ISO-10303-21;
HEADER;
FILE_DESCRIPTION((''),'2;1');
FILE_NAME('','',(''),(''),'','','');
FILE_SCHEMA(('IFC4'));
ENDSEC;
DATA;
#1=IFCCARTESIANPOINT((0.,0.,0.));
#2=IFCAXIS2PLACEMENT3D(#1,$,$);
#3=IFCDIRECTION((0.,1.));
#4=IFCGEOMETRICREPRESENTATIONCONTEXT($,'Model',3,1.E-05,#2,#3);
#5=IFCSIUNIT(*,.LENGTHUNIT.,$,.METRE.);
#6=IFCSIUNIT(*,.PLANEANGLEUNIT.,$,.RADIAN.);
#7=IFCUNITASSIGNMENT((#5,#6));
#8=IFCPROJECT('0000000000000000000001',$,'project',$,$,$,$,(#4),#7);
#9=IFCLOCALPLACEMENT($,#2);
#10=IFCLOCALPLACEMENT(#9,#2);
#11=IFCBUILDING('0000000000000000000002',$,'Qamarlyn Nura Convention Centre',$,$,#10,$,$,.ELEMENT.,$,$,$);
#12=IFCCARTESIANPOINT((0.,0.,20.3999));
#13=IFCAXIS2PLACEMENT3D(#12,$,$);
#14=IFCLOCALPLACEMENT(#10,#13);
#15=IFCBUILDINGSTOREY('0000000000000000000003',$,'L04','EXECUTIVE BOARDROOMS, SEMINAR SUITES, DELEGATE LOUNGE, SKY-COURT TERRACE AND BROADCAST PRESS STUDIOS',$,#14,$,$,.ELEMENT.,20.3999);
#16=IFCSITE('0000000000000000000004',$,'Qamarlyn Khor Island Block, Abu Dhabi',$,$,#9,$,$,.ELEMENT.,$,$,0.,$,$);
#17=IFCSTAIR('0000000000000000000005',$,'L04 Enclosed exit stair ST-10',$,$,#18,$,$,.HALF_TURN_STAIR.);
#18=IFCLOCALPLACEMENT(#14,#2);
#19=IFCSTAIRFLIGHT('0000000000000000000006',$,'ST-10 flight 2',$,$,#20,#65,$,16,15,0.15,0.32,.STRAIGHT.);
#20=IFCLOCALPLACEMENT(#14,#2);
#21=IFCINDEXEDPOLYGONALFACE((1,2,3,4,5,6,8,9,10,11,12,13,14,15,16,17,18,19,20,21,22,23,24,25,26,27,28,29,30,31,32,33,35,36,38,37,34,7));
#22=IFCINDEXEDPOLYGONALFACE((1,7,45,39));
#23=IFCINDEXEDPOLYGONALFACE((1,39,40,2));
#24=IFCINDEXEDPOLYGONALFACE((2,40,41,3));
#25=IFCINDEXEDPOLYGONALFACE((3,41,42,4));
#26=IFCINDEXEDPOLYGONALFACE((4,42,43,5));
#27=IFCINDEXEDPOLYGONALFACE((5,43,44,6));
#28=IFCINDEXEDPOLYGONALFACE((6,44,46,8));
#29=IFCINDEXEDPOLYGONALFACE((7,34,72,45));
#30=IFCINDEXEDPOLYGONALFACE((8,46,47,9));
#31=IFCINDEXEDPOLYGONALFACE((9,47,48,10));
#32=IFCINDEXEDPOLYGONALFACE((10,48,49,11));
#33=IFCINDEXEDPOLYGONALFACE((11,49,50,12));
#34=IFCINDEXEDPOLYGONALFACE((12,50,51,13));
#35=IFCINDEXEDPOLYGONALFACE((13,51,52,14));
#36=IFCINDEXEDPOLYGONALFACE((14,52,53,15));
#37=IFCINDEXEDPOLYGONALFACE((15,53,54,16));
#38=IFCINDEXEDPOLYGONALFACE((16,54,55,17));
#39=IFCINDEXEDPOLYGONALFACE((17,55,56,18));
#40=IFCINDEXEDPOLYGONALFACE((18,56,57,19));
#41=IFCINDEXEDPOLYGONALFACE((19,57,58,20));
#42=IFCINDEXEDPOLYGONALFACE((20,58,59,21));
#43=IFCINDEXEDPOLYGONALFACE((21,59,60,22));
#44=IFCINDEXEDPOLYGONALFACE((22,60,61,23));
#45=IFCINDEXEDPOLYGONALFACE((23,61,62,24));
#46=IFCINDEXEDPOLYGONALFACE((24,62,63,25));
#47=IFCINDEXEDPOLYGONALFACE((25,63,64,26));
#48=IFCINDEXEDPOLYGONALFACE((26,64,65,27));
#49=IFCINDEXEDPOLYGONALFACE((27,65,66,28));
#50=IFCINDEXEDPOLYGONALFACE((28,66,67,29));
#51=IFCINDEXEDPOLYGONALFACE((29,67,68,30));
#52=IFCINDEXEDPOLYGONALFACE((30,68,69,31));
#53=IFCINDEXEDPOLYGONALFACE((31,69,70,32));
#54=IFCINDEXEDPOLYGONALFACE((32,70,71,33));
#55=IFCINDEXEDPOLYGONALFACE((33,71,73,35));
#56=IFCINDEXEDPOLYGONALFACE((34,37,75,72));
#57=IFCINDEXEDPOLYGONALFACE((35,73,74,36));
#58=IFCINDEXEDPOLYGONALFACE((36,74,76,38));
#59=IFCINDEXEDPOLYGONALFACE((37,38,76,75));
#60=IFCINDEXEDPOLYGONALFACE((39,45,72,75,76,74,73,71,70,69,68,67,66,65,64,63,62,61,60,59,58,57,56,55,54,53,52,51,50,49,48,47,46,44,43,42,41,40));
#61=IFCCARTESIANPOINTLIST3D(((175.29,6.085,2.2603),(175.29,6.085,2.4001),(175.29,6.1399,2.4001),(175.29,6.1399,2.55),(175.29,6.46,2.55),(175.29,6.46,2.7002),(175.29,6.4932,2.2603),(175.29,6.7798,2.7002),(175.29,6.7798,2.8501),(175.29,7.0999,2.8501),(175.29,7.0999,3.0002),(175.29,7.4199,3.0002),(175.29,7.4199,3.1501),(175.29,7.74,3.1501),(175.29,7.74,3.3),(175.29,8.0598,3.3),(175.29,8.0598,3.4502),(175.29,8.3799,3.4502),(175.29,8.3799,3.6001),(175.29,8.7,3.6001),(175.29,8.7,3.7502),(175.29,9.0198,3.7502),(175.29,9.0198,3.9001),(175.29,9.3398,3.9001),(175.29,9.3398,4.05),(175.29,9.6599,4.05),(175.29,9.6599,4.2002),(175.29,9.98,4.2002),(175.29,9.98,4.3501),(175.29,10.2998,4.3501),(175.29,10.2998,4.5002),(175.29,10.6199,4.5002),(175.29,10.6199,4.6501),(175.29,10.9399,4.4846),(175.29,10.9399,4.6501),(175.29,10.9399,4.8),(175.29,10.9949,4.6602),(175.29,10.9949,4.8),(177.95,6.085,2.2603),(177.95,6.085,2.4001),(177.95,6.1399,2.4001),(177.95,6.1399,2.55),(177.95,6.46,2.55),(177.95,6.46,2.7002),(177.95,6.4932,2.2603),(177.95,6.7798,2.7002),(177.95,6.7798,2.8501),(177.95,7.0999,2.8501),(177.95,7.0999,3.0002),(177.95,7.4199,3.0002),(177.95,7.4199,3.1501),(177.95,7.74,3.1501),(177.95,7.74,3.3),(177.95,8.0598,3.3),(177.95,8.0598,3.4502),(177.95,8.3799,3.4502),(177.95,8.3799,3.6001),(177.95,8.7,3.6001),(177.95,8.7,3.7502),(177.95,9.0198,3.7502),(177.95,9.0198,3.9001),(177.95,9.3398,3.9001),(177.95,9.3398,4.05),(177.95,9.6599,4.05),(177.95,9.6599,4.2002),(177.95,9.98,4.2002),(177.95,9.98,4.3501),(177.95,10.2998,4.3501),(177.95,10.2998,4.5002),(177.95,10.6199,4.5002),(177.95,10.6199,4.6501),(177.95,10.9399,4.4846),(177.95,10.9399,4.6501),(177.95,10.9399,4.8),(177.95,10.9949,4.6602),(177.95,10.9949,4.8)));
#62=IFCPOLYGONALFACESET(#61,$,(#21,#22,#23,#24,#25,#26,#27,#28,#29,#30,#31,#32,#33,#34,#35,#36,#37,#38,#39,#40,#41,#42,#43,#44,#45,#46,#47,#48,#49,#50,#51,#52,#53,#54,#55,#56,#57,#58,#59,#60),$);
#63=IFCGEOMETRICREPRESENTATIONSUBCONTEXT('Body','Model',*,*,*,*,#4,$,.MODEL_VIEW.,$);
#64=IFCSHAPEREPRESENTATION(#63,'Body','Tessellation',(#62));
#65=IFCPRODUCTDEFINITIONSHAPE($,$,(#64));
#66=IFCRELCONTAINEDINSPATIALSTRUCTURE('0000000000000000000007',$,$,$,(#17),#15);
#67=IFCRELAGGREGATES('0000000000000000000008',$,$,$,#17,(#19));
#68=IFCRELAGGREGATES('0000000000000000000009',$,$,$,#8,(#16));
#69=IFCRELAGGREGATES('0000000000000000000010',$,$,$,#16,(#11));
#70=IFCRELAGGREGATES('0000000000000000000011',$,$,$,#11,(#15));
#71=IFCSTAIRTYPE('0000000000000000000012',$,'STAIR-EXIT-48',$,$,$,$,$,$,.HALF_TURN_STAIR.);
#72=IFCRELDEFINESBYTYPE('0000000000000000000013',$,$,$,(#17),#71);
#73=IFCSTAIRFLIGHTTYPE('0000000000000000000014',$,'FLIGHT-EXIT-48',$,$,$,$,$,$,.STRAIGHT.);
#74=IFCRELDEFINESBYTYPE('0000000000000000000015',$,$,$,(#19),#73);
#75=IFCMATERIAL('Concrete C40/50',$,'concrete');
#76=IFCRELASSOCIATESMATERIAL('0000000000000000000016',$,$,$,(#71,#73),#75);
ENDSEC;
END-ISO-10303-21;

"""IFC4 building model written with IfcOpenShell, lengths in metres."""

from ifc_helpers import new_model, si_unit, direction, frame, origin, place, context, subcontext, project, spatial, polyline, outline, extrude, material, type_object, element, aggregate, save


model = new_model("IFC4")

# Units and contexts
model_context = context("Model", 3, precision=1e-05, world=origin(), true_north=direction((0.0, 1.0)))
body_context = subcontext(model_context, "Body", "Model", "MODEL_VIEW")
ifc_project = project(units=[si_unit("LENGTHUNIT", "METRE"), si_unit("PLANEANGLEUNIT", "RADIAN")], contexts=[model_context])

# Site, building, storey
site_placement = place(None, origin())
site = spatial("IfcSite", under=ifc_project, at=site_placement, Name="Qamarlyn Khor Island Block, Abu Dhabi", CompositionType="ELEMENT", RefElevation=0.0)
building_placement = place(site_placement, origin())
building = spatial("IfcBuilding", under=site, at=building_placement, Name="Qamarlyn Nura Convention Centre", CompositionType="ELEMENT")
storey_placement = place(building_placement, frame((0.0, 0.0, 20.3999)))
storey = spatial("IfcBuildingStorey", under=building, at=storey_placement, Name="L04", Description="EXECUTIVE BOARDROOMS, SEMINAR SUITES, DELEGATE LOUNGE, SKY-COURT TERRACE AND BROADCAST PRESS STUDIOS", CompositionType="ELEMENT", Elevation=20.3999)

# Stair, stair flight
ifc_material_1 = material(Name="Concrete C40/50", Category="concrete")
stair_type = type_object("IfcStairType", Name="STAIR-EXIT-48", PredefinedType="HALF_TURN_STAIR", material=ifc_material_1)
stair_placement = place(storey_placement, origin())
stair = element("IfcStair", 1, at=stair_placement, inside=storey, type_object=stair_type, Name="L04 Enclosed exit stair ST-10", PredefinedType="HALF_TURN_STAIR")
stair_flight_type = type_object("IfcStairFlightType", Name="FLIGHT-EXIT-48", PredefinedType="STRAIGHT", material=ifc_material_1)
stair_flight_1_placement = place(storey_placement, frame((176.6201, 6.1399, 2.4001), z_axis=(0.0, 0.0, 1.0), x_axis=(0.0, 1.0, 0.0)))
stair_flight_1 = element("IfcStairFlight", 2, at=stair_flight_1_placement, type_object=stair_flight_type, Name="ST-10 flight 2", NumberOfRisers=16, NumberOfTreads=15, PredefinedType="STRAIGHT", RiserHeight=0.15, TreadLength=0.32, context=body_context, shape_type="SweptSolid", body=[
    extrude(outline(polyline([(-0.0549, 0.0), (0.0, 0.0), (0.0, 0.1499), (0.3201, 0.1499), (0.3201, 0.3), (0.6399, 0.3), (0.6399, 0.45), (0.96, 0.45), (0.96, 0.6001), (1.28, 0.6001), (1.28, 0.75), (1.6001, 0.75), (1.6001, 0.8999), (1.9199, 0.8999), (1.9199, 1.05), (2.24, 1.05), (2.24, 1.2), (2.5601, 1.2), (2.5601, 1.3501), (2.8799, 1.3501), (2.8799, 1.5), (3.2, 1.5), (3.2, 1.6499), (3.52, 1.6499), (3.52, 1.8), (3.8401, 1.8), (3.8401, 1.95), (4.1599, 1.95), (4.1599, 2.1001), (4.48, 2.1001), (4.48, 2.25), (4.8, 2.25), (4.8, 2.3999), (4.855, 2.3999), (4.855, 2.26), (4.8, 2.0845), (0.3533, -0.1399), (-0.0549, -0.1399), (-0.0549, 0.0)])), frame((0.0, 1.3301, 0.0), z_axis=(0.0, -1.0, 0.0), x_axis=(1.0, 0.0, 0.0)), (0.0, 0.0, 1.0), 2.6599),
])
aggregate(stair, [stair_flight_1])

save(model, "model.ifc")
